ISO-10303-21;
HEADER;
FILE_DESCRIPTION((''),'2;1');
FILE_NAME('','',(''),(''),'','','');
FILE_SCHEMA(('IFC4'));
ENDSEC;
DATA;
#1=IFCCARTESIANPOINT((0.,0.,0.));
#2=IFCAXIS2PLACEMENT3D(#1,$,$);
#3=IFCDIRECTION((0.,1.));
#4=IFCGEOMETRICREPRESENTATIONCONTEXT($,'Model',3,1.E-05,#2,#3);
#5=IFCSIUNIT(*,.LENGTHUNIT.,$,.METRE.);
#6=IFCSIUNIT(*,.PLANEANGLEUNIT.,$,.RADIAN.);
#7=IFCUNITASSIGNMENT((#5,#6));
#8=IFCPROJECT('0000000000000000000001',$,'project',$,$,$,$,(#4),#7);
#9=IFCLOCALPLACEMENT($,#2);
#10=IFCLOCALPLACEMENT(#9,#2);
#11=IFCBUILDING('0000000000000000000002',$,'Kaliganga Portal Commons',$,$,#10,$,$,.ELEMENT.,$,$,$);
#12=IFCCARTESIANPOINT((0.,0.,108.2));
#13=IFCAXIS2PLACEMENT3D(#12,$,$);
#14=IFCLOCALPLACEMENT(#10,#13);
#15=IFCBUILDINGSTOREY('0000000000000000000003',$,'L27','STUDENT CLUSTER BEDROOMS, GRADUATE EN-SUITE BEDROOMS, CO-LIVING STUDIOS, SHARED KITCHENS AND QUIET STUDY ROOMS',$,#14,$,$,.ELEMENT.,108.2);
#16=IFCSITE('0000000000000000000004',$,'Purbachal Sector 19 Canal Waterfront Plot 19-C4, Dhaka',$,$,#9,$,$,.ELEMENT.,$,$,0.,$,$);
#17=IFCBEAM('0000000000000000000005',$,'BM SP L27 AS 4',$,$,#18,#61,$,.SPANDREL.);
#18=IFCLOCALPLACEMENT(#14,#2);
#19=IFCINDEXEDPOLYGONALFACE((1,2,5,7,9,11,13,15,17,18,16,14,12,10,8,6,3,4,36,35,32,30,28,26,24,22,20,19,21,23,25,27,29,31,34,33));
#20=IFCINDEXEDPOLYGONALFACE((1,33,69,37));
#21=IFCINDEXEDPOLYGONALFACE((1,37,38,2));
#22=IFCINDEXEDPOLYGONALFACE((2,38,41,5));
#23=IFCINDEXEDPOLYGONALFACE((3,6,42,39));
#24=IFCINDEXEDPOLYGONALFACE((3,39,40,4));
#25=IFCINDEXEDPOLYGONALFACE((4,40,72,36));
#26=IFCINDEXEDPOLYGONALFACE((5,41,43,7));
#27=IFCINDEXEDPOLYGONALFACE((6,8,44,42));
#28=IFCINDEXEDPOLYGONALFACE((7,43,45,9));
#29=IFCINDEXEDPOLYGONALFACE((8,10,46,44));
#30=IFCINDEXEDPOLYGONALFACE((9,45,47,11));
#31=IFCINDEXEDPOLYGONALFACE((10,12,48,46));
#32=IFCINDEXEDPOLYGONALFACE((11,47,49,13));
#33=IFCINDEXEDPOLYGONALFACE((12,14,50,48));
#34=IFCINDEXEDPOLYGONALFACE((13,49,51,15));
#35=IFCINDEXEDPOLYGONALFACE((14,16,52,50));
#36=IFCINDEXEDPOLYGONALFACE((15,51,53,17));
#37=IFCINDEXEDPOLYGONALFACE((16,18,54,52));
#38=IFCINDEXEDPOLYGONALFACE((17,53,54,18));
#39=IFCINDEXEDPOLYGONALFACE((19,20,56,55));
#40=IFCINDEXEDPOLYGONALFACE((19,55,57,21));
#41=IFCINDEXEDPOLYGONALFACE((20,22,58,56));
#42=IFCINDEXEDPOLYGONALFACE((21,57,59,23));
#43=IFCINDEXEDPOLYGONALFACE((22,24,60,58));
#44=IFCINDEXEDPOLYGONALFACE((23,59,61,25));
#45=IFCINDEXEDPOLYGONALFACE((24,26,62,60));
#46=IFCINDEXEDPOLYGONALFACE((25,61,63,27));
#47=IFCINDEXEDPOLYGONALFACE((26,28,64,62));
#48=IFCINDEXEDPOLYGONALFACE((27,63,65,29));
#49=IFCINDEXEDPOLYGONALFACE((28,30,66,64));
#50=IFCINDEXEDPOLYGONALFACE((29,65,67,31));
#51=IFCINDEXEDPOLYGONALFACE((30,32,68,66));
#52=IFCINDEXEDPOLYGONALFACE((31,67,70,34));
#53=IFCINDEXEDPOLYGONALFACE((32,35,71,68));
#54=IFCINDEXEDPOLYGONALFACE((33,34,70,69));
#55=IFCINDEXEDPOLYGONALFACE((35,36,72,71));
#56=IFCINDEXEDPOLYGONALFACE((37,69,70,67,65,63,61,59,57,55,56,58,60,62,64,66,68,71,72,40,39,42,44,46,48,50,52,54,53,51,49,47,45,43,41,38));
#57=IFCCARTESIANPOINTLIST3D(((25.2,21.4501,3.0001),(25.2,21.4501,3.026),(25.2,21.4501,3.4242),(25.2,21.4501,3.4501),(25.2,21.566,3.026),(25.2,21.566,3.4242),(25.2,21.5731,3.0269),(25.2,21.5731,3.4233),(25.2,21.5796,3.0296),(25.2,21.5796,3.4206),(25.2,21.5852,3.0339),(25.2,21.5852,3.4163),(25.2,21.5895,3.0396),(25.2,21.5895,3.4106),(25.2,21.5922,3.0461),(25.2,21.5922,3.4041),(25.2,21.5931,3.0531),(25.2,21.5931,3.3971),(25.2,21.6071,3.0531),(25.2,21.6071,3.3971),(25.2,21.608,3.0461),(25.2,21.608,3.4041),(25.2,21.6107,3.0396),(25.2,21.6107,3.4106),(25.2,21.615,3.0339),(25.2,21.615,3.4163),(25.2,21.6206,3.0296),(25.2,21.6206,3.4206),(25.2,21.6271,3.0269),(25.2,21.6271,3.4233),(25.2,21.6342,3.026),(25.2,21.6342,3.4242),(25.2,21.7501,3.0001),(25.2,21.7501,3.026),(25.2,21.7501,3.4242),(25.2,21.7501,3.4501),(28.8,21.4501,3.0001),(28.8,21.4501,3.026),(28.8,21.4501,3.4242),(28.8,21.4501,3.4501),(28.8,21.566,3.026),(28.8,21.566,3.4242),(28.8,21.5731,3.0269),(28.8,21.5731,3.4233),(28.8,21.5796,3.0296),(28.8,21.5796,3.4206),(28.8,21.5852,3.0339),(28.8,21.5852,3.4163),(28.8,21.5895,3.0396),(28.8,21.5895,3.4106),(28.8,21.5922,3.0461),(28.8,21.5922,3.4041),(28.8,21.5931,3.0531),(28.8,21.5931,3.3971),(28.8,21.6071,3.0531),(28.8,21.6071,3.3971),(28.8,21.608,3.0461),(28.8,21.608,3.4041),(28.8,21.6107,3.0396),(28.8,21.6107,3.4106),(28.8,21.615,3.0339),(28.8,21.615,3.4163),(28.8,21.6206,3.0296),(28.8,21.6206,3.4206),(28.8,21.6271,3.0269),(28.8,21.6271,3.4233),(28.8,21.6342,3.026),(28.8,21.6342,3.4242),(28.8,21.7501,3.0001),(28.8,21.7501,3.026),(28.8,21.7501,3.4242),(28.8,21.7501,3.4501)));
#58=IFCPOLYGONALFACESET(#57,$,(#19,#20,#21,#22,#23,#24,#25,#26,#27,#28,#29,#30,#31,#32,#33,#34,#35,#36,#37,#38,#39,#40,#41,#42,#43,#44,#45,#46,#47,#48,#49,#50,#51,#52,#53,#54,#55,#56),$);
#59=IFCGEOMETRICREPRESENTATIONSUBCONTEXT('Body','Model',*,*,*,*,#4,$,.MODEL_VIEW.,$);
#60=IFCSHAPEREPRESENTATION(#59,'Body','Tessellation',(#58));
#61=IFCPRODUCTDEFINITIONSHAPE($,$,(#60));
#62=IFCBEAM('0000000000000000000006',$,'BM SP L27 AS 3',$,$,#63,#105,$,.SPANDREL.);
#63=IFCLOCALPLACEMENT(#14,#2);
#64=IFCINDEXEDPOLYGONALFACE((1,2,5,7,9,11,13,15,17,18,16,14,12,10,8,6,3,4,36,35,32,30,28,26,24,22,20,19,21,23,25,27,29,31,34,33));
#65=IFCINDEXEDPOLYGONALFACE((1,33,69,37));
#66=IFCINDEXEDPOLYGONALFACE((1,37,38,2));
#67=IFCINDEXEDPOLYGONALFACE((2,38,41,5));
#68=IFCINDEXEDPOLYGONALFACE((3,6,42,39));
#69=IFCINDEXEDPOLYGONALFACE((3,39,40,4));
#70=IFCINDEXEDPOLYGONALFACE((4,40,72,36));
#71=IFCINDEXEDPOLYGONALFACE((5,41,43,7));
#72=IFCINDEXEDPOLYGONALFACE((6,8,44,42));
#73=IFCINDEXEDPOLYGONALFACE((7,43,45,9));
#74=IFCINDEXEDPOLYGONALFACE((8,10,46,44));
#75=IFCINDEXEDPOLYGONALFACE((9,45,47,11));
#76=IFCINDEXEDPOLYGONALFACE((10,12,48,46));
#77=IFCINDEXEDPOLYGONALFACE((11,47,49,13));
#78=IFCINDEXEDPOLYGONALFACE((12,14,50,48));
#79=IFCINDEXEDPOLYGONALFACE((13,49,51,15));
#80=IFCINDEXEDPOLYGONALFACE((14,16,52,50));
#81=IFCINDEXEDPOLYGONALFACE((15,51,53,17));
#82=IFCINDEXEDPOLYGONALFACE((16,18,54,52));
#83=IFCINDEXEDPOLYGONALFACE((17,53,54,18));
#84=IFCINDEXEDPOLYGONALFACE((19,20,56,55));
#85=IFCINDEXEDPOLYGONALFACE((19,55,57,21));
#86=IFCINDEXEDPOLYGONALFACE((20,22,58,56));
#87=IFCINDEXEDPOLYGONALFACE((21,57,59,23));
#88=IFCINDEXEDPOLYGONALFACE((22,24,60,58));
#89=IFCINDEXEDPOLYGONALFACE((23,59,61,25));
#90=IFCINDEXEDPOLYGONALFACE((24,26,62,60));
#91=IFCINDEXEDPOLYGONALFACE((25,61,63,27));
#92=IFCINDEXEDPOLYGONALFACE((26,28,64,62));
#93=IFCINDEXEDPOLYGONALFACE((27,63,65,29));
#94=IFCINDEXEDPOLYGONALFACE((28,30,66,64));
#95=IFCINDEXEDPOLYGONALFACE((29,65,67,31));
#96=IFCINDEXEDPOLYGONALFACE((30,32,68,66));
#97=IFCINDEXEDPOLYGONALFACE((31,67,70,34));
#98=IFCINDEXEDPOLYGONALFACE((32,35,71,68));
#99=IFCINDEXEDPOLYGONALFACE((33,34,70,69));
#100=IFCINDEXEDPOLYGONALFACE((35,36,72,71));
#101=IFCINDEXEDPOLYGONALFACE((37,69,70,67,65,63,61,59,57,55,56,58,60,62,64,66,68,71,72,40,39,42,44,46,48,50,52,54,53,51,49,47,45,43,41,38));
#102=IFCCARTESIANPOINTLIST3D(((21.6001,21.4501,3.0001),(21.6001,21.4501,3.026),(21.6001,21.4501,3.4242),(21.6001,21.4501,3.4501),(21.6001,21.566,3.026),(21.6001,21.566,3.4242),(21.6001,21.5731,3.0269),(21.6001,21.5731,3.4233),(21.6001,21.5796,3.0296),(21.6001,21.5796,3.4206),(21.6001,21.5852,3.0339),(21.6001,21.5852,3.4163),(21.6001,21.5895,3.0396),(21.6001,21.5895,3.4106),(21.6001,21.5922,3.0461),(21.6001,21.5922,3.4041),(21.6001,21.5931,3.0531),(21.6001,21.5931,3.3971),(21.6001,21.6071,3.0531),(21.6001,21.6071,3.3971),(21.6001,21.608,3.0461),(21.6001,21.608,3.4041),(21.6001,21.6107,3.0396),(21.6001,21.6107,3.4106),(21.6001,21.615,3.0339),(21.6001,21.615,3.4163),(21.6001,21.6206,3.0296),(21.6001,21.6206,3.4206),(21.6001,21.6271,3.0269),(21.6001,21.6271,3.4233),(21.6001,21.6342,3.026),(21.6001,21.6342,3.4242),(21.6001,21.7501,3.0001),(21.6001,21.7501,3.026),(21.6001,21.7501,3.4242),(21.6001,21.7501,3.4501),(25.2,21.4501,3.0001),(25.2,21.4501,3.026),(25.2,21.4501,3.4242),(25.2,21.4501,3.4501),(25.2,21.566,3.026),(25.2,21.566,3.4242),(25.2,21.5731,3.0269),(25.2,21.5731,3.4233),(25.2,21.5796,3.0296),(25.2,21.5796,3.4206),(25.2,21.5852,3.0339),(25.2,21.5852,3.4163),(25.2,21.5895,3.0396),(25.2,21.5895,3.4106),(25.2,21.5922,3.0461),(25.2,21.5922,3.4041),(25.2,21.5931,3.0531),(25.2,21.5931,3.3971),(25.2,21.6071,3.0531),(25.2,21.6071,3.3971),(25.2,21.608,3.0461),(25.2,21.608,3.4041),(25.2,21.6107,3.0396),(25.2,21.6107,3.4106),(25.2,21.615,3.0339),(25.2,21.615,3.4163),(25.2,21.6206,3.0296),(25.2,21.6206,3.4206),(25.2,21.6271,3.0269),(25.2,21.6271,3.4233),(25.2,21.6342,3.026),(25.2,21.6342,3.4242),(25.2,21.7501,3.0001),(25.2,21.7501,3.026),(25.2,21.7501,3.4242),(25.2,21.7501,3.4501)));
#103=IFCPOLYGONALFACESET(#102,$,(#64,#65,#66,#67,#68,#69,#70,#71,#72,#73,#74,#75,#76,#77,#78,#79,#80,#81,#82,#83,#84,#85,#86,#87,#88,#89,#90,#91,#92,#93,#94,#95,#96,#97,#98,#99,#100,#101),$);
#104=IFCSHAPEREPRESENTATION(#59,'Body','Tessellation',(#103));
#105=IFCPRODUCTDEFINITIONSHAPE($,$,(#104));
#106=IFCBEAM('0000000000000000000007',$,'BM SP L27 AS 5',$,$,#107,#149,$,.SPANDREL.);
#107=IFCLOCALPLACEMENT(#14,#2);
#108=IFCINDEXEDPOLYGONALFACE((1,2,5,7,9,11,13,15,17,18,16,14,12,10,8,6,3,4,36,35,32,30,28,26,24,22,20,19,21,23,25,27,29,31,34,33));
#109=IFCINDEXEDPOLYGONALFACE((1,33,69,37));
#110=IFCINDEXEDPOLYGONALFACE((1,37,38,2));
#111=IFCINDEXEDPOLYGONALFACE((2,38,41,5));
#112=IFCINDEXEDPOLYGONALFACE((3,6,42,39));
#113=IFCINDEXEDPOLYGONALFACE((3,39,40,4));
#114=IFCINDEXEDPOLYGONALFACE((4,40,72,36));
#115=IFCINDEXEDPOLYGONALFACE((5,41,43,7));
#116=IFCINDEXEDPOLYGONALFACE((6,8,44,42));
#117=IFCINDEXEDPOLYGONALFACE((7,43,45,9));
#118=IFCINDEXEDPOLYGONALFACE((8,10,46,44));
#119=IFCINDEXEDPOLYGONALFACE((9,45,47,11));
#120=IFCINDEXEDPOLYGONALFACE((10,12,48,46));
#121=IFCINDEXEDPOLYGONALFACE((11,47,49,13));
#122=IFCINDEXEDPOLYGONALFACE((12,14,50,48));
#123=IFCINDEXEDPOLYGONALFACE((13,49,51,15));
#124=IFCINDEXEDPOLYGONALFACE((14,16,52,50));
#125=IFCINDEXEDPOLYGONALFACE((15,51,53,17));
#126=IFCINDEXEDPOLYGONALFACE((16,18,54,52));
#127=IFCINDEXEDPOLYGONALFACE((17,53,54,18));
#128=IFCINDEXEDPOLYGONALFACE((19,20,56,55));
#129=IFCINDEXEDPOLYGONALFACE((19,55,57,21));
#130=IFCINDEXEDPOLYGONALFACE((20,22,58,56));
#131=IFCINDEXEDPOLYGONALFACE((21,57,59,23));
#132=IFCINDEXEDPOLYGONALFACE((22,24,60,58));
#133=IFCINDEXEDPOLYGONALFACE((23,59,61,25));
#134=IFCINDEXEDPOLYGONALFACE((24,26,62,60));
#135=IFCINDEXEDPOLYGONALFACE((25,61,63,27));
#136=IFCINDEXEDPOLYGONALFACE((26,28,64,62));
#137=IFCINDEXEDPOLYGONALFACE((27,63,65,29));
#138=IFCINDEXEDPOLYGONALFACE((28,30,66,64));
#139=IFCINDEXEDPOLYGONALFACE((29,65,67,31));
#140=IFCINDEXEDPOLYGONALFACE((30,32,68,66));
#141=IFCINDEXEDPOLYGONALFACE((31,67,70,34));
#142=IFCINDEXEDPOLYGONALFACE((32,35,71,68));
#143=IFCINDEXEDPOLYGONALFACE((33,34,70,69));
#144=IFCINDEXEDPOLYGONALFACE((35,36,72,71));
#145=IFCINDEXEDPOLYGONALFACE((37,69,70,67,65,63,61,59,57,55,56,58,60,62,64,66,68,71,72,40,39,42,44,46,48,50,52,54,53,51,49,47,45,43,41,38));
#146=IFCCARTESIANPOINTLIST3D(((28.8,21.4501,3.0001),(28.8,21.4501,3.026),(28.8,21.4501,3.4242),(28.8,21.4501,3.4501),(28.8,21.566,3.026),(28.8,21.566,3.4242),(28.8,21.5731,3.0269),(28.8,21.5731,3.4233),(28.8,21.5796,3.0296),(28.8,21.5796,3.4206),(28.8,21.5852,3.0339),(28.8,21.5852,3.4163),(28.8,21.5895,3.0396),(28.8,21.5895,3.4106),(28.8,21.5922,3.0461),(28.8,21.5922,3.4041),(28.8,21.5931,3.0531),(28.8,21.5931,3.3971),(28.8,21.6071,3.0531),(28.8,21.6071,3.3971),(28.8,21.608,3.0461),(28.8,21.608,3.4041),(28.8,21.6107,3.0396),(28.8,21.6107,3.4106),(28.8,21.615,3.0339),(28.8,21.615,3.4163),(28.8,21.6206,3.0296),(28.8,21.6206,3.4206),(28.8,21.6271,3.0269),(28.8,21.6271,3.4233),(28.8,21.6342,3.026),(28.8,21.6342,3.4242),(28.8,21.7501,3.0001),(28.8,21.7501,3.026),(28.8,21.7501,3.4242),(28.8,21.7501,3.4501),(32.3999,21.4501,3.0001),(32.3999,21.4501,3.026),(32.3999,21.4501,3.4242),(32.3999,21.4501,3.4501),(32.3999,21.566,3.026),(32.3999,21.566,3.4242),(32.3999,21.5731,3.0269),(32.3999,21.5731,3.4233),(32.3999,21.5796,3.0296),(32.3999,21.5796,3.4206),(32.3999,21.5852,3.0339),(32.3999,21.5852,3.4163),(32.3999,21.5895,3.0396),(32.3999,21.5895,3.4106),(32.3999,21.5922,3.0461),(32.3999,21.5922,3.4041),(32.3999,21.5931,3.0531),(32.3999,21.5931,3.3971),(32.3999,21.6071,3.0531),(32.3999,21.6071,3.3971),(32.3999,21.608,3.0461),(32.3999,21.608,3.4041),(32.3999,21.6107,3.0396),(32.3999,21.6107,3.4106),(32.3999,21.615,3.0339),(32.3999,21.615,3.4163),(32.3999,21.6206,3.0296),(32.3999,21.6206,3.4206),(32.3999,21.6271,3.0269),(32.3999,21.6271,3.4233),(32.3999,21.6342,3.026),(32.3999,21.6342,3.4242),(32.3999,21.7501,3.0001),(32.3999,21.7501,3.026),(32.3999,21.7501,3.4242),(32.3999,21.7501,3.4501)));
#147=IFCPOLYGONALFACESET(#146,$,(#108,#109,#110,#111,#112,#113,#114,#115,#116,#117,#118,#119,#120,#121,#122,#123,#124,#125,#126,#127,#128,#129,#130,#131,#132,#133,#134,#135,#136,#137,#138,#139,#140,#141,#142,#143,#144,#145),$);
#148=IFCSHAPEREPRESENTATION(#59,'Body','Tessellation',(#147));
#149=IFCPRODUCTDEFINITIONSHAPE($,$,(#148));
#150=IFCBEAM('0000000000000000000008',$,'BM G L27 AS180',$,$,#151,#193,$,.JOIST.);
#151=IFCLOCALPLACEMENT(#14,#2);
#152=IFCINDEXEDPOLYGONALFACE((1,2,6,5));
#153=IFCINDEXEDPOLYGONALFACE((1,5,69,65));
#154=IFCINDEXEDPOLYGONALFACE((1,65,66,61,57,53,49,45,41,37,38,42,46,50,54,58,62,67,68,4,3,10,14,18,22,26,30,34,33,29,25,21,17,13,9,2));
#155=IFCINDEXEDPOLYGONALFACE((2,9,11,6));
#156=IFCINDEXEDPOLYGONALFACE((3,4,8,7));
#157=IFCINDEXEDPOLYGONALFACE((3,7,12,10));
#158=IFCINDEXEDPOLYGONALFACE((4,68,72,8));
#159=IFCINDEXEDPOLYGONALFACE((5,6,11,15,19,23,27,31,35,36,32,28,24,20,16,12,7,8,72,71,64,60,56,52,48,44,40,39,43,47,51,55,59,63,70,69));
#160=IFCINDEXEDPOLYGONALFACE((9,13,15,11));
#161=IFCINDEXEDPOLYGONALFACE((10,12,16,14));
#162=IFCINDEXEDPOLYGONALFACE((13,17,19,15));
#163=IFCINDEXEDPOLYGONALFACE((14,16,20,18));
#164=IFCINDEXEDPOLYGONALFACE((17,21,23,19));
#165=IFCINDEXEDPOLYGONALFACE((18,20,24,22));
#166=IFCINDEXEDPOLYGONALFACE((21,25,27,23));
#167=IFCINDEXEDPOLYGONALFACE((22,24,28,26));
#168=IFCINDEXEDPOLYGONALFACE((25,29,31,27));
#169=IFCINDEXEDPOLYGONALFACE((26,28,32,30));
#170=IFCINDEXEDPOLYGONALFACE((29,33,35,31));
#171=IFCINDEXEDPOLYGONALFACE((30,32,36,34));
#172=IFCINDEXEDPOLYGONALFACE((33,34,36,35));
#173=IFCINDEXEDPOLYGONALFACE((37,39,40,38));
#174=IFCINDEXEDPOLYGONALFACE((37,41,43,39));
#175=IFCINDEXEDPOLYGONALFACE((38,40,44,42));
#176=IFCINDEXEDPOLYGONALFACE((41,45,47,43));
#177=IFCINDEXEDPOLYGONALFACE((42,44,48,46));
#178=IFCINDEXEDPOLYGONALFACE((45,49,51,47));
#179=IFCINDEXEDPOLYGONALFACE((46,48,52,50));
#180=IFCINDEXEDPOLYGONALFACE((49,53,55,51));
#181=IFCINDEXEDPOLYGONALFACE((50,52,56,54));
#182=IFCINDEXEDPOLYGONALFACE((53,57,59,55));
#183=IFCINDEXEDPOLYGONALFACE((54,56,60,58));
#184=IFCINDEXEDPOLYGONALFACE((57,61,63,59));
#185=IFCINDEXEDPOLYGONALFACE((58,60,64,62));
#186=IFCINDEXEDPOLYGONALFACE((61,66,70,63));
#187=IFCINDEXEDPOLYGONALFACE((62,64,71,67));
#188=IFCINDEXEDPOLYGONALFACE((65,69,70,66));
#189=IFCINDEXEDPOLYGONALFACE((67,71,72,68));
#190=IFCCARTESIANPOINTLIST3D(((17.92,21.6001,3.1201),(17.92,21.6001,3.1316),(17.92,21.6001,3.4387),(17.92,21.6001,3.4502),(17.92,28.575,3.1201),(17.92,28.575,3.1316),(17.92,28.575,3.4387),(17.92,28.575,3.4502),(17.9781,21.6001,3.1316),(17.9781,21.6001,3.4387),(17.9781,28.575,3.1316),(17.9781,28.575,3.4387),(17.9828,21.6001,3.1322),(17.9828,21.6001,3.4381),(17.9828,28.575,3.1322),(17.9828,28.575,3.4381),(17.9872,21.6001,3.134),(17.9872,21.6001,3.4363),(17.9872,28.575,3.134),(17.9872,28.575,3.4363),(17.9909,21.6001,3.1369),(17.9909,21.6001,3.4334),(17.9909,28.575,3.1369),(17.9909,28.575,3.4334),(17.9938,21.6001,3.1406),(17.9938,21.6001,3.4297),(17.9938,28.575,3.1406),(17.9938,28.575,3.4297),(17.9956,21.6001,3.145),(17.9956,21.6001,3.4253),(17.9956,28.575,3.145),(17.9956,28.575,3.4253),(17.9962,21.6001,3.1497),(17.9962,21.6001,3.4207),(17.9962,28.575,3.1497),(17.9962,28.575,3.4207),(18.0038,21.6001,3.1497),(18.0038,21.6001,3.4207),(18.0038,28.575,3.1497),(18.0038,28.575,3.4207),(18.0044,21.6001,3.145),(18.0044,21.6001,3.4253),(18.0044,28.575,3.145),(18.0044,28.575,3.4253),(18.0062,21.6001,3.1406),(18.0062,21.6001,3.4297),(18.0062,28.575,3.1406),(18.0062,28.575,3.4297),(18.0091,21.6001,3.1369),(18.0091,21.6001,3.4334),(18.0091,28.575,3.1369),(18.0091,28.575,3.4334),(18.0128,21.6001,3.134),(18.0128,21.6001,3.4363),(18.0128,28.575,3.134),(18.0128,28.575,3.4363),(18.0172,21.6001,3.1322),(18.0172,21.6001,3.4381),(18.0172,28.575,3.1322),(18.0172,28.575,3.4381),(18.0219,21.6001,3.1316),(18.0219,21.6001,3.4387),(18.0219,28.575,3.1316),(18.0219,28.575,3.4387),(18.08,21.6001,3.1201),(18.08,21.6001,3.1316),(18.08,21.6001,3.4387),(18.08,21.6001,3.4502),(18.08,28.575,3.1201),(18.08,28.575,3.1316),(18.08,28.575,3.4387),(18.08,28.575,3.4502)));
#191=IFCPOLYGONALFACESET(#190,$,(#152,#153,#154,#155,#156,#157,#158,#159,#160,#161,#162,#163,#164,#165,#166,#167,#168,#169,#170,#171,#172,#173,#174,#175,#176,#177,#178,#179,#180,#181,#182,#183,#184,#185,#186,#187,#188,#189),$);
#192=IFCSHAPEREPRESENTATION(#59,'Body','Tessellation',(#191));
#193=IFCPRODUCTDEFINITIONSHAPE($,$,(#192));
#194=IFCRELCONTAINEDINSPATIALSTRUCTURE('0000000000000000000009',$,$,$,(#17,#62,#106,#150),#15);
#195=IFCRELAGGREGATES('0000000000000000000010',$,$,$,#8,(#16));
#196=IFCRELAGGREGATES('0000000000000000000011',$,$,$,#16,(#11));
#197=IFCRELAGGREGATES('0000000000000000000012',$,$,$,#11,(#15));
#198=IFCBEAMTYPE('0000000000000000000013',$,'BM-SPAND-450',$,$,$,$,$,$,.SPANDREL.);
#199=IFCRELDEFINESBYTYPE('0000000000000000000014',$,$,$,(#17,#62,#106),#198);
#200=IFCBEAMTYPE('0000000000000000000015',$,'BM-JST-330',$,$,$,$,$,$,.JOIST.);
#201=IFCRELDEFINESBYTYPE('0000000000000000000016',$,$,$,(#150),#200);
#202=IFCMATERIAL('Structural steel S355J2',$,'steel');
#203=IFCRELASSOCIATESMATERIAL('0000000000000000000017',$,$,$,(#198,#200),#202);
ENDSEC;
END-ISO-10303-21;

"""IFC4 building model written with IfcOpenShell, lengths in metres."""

from ifc_helpers import new_model, si_unit, direction, frame, origin, origin_2d, place, context, subcontext, project, spatial, i_section, extrude, source, transform, mapped, material, material_profile, profile_set, type_object, element, save


model = new_model("IFC4")

# Units and contexts
model_context = context("Model", 3, precision=1e-05, world=origin(), true_north=direction((0.0, 1.0)))
body_context = subcontext(model_context, "Body", "Model", "MODEL_VIEW")
ifc_project = project(units=[si_unit("LENGTHUNIT", "METRE"), si_unit("PLANEANGLEUNIT", "RADIAN")], contexts=[model_context])

# Site, building, storey
site_placement = place(None, origin())
site = spatial("IfcSite", under=ifc_project, at=site_placement, Name="Purbachal Sector 19 Canal Waterfront Plot 19-C4, Dhaka", CompositionType="ELEMENT", RefElevation=0.0)
building_placement = place(site_placement, origin())
building = spatial("IfcBuilding", under=site, at=building_placement, Name="Kaliganga Portal Commons", CompositionType="ELEMENT")
storey_placement = place(building_placement, frame((0.0, 0.0, 108.2)))
storey = spatial("IfcBuildingStorey", under=building, at=storey_placement, Name="L27", Description="STUDENT CLUSTER BEDROOMS, GRADUATE EN-SUITE BEDROOMS, CO-LIVING STUDIOS, SHARED KITCHENS AND QUIET STUDY ROOMS", CompositionType="ELEMENT", Elevation=108.2)

# Beams
ifc_material_1 = material(Name="Structural steel S355J2", Category="steel")
ifc_material_profile_1 = material_profile(ifc_material_1, i_section(OverallWidth=0.3, OverallDepth=0.45, WebThickness=0.0139, FlangeThickness=0.0259, FilletRadius=0.0271, at=origin_2d()), Name="HE 450 B")
ifc_profile_set_1 = profile_set([ifc_material_profile_1], Name="Structural steel S355J2 wide-flange")
beam_type_1 = type_object("IfcBeamType", Name="BM-SPAND-450", PredefinedType="SPANDREL", material=ifc_profile_set_1)
shared_shape_1 = source(origin(), body_context, "Body", "SweptSolid", [
    extrude(i_section(OverallWidth=0.3, OverallDepth=0.45, WebThickness=0.0139, FlangeThickness=0.0259, FilletRadius=0.0271, at=origin_2d()), origin(), (0.0, 0.0, 1.0), 3.6001),
])
for number, where, z_axis, x_axis, name in (
    (1, (25.2, 21.6001, 3.2251), (1.0, 0.0, 0.0), (0.0, 1.0, 0.0), "BM SP L27 AS 4"),
):
    element("IfcBeam", number, at=place(storey_placement, frame(where, z_axis=z_axis, x_axis=x_axis)), inside=storey, type_object=beam_type_1, Name=name, PredefinedType="SPANDREL", context=body_context, shape_type="MappedRepresentation", body=[
        mapped(shared_shape_1, transform((0.0, 0.0, 0.0), x_axis=(1.0, 0.0, 0.0), y_axis=(0.0, 1.0, 0.0), z_axis=(0.0, 0.0, 1.0), scale=1.0)),
    ])
shared_shape_2 = source(origin(), body_context, "Body", "SweptSolid", [
    extrude(i_section(OverallWidth=0.3, OverallDepth=0.45, WebThickness=0.0139, FlangeThickness=0.0259, FilletRadius=0.0271, at=origin_2d()), origin(), (0.0, 0.0, 1.0), 3.5999),
])
for number, where, z_axis, x_axis, name in (
    (2, (21.6001, 21.6001, 3.2251), (1.0, 0.0, 0.0), (0.0, 1.0, 0.0), "BM SP L27 AS 3"),
    (3, (28.8, 21.6001, 3.2251), (1.0, 0.0, 0.0), (0.0, 1.0, 0.0), "BM SP L27 AS 5"),
):
    element("IfcBeam", number, at=place(storey_placement, frame(where, z_axis=z_axis, x_axis=x_axis)), inside=storey, type_object=beam_type_1, Name=name, PredefinedType="SPANDREL", context=body_context, shape_type="MappedRepresentation", body=[
        mapped(shared_shape_2, transform((0.0, 0.0, 0.0), x_axis=(1.0, 0.0, 0.0), y_axis=(0.0, 1.0, 0.0), z_axis=(0.0, 0.0, 1.0), scale=1.0)),
    ])
ifc_material_profile_2 = material_profile(ifc_material_1, i_section(OverallWidth=0.1599, OverallDepth=0.3301, WebThickness=0.0076, FlangeThickness=0.0115, FilletRadius=0.0181, at=origin_2d()), Name="IPE 330")
ifc_profile_set_2 = profile_set([ifc_material_profile_2], Name="Structural steel S355J2 wide-flange")
beam_type_2 = type_object("IfcBeamType", Name="BM-JST-330", PredefinedType="JOIST", material=ifc_profile_set_2)
shared_shape_3 = source(origin(), body_context, "Body", "SweptSolid", [
    extrude(i_section(OverallWidth=0.1599, OverallDepth=0.3301, WebThickness=0.0076, FlangeThickness=0.0115, FilletRadius=0.0181, at=origin_2d()), origin(), (0.0, 0.0, 1.0), 6.9749),
])
for number, where, z_axis, x_axis, name in (
    (4, (18.0, 21.6001, 3.2852), (0.0, 1.0, 0.0), (-1.0, 0.0, 0.0), "BM G L27 AS180"),
):
    element("IfcBeam", number, at=place(storey_placement, frame(where, z_axis=z_axis, x_axis=x_axis)), inside=storey, type_object=beam_type_2, Name=name, PredefinedType="JOIST", context=body_context, shape_type="MappedRepresentation", body=[
        mapped(shared_shape_3, transform((0.0, 0.0, 0.0), x_axis=(1.0, 0.0, 0.0), y_axis=(0.0, 1.0, 0.0), z_axis=(0.0, 0.0, 1.0), scale=1.0)),
    ])

save(model, "model.ifc")
